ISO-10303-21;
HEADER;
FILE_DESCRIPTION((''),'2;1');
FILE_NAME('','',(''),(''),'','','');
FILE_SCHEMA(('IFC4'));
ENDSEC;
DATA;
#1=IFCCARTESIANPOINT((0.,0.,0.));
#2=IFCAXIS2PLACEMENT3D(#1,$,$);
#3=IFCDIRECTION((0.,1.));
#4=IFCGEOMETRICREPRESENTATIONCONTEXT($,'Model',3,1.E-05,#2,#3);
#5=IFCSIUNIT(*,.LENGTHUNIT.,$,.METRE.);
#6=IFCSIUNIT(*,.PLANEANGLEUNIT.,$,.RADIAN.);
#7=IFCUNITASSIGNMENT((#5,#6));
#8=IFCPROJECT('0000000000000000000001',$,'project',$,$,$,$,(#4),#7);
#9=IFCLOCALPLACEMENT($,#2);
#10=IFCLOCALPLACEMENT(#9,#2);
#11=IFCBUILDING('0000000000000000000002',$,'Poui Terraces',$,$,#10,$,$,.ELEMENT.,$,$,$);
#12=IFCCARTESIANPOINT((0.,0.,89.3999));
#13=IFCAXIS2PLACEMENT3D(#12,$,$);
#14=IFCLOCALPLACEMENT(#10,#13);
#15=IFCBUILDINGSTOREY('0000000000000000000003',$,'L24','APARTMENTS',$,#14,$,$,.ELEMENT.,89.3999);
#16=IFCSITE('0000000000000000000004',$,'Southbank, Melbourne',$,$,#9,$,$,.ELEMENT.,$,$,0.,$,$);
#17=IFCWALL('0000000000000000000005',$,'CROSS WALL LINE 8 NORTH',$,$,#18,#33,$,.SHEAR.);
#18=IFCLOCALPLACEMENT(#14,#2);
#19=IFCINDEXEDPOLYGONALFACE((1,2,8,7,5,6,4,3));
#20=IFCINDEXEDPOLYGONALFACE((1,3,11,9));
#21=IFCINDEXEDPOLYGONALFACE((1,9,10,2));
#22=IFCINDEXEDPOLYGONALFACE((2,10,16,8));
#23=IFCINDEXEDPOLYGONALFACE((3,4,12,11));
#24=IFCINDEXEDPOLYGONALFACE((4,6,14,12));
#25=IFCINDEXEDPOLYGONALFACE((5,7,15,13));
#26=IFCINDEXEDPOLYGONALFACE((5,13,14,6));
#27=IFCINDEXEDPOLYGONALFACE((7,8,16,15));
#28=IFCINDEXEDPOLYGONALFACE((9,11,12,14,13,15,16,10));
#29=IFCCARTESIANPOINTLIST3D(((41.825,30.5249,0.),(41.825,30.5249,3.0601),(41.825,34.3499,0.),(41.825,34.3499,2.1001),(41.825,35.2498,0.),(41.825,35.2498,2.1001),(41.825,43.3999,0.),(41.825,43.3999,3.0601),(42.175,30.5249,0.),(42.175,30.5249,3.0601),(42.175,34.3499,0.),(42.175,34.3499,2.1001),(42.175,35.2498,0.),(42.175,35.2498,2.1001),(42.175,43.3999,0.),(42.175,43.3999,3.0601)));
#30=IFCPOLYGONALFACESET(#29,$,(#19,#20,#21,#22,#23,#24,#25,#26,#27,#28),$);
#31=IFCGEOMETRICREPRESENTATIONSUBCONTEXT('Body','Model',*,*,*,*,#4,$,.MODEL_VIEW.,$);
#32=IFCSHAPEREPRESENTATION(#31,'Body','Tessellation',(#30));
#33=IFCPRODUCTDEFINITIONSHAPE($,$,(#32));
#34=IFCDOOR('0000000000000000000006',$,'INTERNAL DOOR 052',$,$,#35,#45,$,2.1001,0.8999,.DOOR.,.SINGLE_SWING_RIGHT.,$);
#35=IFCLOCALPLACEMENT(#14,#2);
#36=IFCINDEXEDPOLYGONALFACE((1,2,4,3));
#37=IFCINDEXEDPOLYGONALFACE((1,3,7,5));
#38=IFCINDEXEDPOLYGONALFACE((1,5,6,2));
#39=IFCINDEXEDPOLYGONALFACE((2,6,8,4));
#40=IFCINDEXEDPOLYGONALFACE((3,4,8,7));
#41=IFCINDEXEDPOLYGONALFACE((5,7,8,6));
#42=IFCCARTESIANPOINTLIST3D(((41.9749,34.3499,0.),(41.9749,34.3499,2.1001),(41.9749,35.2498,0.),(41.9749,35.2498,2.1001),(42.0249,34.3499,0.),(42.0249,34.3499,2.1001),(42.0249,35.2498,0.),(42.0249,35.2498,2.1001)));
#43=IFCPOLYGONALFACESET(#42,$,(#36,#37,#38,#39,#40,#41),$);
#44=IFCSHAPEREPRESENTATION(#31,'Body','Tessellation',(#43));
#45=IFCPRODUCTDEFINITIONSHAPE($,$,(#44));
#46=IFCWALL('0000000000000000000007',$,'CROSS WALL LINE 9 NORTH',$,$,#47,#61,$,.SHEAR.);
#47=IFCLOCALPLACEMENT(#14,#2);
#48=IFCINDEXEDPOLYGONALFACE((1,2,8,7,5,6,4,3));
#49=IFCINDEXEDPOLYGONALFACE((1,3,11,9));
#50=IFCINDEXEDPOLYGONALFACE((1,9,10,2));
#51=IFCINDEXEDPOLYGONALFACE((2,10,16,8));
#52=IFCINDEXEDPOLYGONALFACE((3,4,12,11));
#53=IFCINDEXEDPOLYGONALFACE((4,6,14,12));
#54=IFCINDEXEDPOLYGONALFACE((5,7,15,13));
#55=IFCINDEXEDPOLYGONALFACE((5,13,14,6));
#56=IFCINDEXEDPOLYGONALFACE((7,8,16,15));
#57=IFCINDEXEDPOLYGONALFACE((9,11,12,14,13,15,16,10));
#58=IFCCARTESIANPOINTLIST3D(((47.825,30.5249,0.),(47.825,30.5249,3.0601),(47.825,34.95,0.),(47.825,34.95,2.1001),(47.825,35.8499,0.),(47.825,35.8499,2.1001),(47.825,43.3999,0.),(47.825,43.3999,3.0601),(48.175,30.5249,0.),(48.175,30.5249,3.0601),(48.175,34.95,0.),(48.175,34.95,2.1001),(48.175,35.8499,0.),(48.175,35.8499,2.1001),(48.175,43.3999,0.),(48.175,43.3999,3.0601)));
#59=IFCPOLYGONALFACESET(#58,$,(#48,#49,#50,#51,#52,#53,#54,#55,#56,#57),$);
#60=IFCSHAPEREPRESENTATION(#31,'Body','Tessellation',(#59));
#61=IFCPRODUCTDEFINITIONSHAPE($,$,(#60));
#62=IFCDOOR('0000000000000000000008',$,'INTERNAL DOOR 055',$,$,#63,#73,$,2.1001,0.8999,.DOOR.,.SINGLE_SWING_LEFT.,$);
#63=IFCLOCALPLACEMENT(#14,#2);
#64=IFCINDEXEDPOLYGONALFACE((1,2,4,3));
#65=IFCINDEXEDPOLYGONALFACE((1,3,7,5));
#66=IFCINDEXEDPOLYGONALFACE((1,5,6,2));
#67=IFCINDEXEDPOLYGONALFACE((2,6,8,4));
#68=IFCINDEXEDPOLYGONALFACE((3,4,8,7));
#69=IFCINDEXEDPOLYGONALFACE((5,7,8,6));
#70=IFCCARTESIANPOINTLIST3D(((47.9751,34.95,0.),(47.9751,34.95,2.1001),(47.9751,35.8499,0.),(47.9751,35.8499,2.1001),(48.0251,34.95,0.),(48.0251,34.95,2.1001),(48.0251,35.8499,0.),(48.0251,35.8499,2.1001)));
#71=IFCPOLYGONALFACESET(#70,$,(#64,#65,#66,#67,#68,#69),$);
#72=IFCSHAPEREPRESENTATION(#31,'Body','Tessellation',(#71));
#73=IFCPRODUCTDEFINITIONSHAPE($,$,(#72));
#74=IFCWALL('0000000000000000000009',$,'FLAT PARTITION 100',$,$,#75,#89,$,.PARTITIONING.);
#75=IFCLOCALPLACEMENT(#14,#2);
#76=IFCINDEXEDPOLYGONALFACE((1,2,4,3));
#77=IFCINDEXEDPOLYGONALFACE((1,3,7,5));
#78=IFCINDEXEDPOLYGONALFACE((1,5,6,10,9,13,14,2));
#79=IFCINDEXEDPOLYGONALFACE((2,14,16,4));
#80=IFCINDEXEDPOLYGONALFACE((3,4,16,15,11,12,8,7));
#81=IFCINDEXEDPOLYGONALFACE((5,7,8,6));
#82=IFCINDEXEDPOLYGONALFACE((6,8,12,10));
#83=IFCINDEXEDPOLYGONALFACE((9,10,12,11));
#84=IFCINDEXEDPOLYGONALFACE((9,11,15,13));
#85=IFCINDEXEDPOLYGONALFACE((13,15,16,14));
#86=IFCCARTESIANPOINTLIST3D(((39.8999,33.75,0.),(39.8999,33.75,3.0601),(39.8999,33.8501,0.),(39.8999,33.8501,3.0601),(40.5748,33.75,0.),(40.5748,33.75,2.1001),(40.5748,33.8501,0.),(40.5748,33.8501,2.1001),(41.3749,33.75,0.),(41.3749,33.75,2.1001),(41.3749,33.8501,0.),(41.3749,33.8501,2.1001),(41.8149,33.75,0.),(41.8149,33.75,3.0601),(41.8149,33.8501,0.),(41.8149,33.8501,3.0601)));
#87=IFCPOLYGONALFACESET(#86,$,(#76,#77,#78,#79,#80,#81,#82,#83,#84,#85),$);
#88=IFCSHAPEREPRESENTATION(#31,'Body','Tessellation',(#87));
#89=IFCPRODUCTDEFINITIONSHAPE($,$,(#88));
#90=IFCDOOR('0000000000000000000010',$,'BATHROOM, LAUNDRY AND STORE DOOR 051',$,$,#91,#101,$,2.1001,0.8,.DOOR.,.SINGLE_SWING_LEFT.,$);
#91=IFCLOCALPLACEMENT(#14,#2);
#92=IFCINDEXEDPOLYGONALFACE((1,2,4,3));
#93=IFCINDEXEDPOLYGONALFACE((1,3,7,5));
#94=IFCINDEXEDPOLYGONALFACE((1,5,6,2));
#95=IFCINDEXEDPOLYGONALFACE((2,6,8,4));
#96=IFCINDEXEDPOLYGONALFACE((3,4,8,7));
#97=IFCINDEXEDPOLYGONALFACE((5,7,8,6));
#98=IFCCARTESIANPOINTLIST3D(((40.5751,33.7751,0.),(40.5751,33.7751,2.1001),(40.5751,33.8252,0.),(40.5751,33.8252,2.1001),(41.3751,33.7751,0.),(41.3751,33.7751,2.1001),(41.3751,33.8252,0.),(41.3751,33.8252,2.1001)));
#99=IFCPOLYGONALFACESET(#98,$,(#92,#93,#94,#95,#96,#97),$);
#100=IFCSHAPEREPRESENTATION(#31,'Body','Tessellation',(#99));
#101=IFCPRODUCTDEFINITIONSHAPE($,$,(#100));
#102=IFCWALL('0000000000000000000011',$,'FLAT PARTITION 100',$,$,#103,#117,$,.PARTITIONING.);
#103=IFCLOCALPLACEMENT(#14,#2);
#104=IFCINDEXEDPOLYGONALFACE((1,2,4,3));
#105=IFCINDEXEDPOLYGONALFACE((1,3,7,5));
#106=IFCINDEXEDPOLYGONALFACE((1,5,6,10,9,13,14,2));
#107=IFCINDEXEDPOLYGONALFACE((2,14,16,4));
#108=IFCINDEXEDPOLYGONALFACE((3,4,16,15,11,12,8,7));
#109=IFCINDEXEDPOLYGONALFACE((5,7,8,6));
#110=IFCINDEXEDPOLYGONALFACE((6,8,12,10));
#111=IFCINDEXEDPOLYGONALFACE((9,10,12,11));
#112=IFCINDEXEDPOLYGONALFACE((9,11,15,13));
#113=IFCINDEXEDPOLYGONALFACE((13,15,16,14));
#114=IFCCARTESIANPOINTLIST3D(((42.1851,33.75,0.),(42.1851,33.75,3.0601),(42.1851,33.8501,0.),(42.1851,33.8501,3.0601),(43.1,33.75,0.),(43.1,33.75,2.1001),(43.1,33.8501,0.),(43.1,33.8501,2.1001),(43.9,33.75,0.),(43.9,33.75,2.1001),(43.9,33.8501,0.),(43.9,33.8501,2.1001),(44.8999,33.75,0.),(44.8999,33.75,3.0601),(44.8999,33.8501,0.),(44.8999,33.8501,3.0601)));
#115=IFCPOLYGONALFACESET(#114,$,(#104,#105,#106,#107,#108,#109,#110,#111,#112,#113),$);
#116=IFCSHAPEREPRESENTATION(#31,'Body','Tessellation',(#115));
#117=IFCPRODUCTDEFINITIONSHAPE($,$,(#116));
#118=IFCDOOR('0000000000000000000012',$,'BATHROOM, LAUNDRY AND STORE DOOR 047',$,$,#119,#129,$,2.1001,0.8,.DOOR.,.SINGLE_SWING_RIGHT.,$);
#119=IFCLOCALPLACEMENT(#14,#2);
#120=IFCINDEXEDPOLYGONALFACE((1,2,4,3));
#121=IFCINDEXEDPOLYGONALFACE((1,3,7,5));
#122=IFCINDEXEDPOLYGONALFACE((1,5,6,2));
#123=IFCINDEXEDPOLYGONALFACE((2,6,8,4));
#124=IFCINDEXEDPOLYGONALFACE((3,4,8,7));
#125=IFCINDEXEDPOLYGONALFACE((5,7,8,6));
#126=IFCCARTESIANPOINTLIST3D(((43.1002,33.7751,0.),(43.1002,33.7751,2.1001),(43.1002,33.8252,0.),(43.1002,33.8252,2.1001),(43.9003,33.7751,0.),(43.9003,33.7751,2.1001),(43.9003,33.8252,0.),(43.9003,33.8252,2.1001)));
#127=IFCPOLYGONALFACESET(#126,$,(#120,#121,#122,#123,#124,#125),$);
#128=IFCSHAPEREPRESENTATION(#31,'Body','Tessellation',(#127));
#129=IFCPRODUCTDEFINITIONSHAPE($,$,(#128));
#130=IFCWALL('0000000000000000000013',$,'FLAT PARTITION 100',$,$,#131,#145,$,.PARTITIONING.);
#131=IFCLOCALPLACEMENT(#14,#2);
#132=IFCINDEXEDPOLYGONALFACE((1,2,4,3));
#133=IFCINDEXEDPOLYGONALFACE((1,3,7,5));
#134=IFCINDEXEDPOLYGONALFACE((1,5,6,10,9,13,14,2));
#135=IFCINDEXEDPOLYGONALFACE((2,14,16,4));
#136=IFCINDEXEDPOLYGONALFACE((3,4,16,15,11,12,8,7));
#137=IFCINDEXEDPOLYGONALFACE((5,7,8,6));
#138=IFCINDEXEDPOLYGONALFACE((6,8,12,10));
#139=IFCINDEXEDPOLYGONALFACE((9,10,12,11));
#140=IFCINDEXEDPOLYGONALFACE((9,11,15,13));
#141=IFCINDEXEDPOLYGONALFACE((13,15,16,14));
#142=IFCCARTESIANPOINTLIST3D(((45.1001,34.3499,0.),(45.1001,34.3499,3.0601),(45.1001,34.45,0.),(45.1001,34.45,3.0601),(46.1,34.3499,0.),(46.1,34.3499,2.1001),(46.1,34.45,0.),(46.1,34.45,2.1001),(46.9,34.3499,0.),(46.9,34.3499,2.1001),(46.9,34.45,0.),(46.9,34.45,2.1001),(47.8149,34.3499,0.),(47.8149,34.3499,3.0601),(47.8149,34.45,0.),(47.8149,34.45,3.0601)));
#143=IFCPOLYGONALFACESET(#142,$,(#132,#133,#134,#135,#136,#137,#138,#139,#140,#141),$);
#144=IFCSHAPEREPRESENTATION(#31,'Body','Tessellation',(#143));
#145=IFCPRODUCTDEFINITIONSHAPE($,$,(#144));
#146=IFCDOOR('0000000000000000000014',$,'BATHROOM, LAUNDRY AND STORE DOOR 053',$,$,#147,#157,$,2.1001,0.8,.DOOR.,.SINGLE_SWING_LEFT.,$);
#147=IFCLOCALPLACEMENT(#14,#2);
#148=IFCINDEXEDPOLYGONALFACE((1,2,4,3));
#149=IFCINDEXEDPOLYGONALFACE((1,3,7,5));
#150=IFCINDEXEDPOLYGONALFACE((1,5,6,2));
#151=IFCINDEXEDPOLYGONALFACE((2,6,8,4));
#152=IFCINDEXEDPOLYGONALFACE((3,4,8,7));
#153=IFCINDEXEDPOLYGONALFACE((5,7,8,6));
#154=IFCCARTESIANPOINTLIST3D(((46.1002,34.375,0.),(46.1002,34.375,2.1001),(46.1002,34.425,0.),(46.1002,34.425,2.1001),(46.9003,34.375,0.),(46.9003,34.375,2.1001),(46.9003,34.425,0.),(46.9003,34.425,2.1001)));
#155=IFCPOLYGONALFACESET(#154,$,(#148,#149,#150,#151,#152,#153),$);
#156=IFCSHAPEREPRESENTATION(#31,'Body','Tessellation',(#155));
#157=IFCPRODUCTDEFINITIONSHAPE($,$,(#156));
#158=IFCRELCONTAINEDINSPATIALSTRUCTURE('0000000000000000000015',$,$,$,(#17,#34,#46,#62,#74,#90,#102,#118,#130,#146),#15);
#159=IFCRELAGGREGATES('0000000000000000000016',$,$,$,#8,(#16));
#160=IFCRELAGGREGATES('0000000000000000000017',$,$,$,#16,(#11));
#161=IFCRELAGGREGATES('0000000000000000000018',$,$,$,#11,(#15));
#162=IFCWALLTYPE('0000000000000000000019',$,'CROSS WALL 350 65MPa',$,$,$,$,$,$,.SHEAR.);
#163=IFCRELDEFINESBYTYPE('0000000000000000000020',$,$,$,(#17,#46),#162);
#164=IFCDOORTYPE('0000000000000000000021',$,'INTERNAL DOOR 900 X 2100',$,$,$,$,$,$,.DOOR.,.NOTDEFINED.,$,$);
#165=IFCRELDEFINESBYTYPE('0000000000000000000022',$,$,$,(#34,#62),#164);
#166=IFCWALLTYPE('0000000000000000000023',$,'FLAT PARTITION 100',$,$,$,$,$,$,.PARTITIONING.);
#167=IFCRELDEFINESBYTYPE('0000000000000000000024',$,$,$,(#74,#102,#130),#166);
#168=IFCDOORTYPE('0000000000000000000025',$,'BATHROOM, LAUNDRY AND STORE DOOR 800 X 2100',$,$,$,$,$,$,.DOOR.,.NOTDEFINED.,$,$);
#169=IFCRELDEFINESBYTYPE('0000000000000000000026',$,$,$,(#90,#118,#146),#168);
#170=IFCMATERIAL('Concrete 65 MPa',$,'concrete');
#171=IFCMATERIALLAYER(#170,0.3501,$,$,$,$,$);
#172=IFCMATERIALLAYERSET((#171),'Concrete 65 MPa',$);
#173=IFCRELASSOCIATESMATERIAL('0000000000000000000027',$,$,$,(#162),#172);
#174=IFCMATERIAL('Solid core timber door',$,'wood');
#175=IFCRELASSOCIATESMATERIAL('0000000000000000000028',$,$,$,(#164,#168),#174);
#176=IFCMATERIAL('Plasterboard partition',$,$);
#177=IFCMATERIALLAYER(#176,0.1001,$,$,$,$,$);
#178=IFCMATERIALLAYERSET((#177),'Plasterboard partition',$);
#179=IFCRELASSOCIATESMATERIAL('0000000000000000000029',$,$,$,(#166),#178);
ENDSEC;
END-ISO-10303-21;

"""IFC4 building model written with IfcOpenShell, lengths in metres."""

from ifc_helpers import new_model, si_unit, direction, frame, frame_2d, origin, place, context, subcontext, project, spatial, rectangle, extrude, material, layer, layer_set, type_object, element, fill, save


model = new_model("IFC4")

# Units and contexts
model_context = context("Model", 3, precision=1e-05, world=origin(), true_north=direction((0.0, 1.0)))
body_context = subcontext(model_context, "Body", "Model", "MODEL_VIEW")
ifc_project = project(units=[si_unit("LENGTHUNIT", "METRE"), si_unit("PLANEANGLEUNIT", "RADIAN")], contexts=[model_context])

# Site, building, storey
site_placement = place(None, origin())
site = spatial("IfcSite", under=ifc_project, at=site_placement, Name="Southbank, Melbourne", CompositionType="ELEMENT", RefElevation=0.0)
building_placement = place(site_placement, origin())
building = spatial("IfcBuilding", under=site, at=building_placement, Name="Poui Terraces", CompositionType="ELEMENT")
storey_placement = place(building_placement, frame((0.0, 0.0, 89.3999)))
storey = spatial("IfcBuildingStorey", under=building, at=storey_placement, Name="L24", Description="APARTMENTS", CompositionType="ELEMENT", Elevation=89.3999)

# Walls, openings, doors
ifc_material_1 = material(Name="Concrete 65 MPa", Category="concrete")
ifc_layer_1 = layer(ifc_material_1, 0.3501)
ifc_layer_set_1 = layer_set([ifc_layer_1], Name="Concrete 65 MPa")
wall_type_1 = type_object("IfcWallType", Name="CROSS WALL 350 65MPa", PredefinedType="SHEAR", material=ifc_layer_set_1)
wall_1_placement = place(storey_placement, frame((42.0, 30.5249, 0.0), z_axis=(0.0, 0.0, 1.0), x_axis=(0.0, 1.0, 0.0)))
wall_1 = element("IfcWall", 1, at=wall_1_placement, inside=storey, type_object=wall_type_1, Name="CROSS WALL LINE 8 NORTH", PredefinedType="SHEAR", context=body_context, shape_type="SweptSolid", body=[
    extrude(rectangle(XDim=12.875, YDim=0.3501, at=frame_2d((6.4375, 0.0))), origin(), (0.0, 0.0, 1.0), 3.0601),
])
opening_1_placement = place(wall_1_placement, frame((3.825, 0.0, 0.0)))
opening_1 = element("IfcOpeningElement", 2, at=opening_1_placement, cuts=wall_1, PredefinedType="OPENING", context=body_context, shape_type="SweptSolid", body=[
    extrude(rectangle(XDim=0.8999, YDim=2.1001, at=frame_2d((0.45, 1.05))), frame((0.0, 0.1851, 0.0), z_axis=(0.0, -1.0, 0.0), x_axis=(1.0, 0.0, 0.0)), (0.0, 0.0, 1.0), 0.3701),
])
ifc_material_2 = material(Name="Solid core timber door", Category="wood")
door_type_1 = type_object("IfcDoorType", Name="INTERNAL DOOR 900 X 2100", OperationType="NOTDEFINED", PredefinedType="DOOR", material=ifc_material_2)
door_1_placement = place(opening_1_placement, frame((0.8999, 0.0, 0.0), z_axis=(0.0, 0.0, 1.0), x_axis=(-1.0, 0.0, 0.0)))
door_1 = element("IfcDoor", 3, at=door_1_placement, inside=storey, type_object=door_type_1, Name="INTERNAL DOOR 052", OperationType="SINGLE_SWING_RIGHT", OverallHeight=2.1001, OverallWidth=0.8999, PredefinedType="DOOR", context=body_context, shape_type="SweptSolid", body=[
    extrude(rectangle(XDim=0.8999, YDim=2.1001, at=frame_2d((0.45, 1.05))), frame((0.0, 0.0249, 0.0), z_axis=(0.0, -1.0, 0.0), x_axis=(1.0, 0.0, 0.0)), (0.0, 0.0, 1.0), 0.05),
])
fill(opening_1, door_1)
wall_2_placement = place(storey_placement, frame((48.0, 30.5249, 0.0), z_axis=(0.0, 0.0, 1.0), x_axis=(0.0, 1.0, 0.0)))
wall_2 = element("IfcWall", 4, at=wall_2_placement, inside=storey, type_object=wall_type_1, Name="CROSS WALL LINE 9 NORTH", PredefinedType="SHEAR", context=body_context, shape_type="SweptSolid", body=[
    extrude(rectangle(XDim=12.875, YDim=0.3501, at=frame_2d((6.4375, 0.0))), origin(), (0.0, 0.0, 1.0), 3.0601),
])
opening_2_placement = place(wall_2_placement, frame((4.425, 0.0, 0.0)))
opening_2 = element("IfcOpeningElement", 5, at=opening_2_placement, cuts=wall_2, PredefinedType="OPENING", context=body_context, shape_type="SweptSolid", body=[
    extrude(rectangle(XDim=0.8999, YDim=2.1001, at=frame_2d((0.45, 1.05))), frame((0.0, 0.1851, 0.0), z_axis=(0.0, -1.0, 0.0), x_axis=(1.0, 0.0, 0.0)), (0.0, 0.0, 1.0), 0.3701),
])
door_2_placement = place(opening_2_placement, origin())
door_2 = element("IfcDoor", 6, at=door_2_placement, inside=storey, type_object=door_type_1, Name="INTERNAL DOOR 055", OperationType="SINGLE_SWING_LEFT", OverallHeight=2.1001, OverallWidth=0.8999, PredefinedType="DOOR", context=body_context, shape_type="SweptSolid", body=[
    extrude(rectangle(XDim=0.8999, YDim=2.1001, at=frame_2d((0.45, 1.05))), frame((0.0, 0.0249, 0.0), z_axis=(0.0, -1.0, 0.0), x_axis=(1.0, 0.0, 0.0)), (0.0, 0.0, 1.0), 0.05),
])
fill(opening_2, door_2)
ifc_material_3 = material(Name="Plasterboard partition")
ifc_layer_2 = layer(ifc_material_3, 0.1001)
ifc_layer_set_2 = layer_set([ifc_layer_2], Name="Plasterboard partition")
wall_type_2 = type_object("IfcWallType", Name="FLAT PARTITION 100", PredefinedType="PARTITIONING", material=ifc_layer_set_2)
wall_3_placement = place(storey_placement, frame((39.8999, 33.8, 0.0), z_axis=(0.0, 0.0, 1.0), x_axis=(1.0, 0.0, 0.0)))
wall_3 = element("IfcWall", 7, at=wall_3_placement, inside=storey, type_object=wall_type_2, Name="FLAT PARTITION 100", PredefinedType="PARTITIONING", context=body_context, shape_type="SweptSolid", body=[
    extrude(rectangle(XDim=1.915, YDim=0.1001, at=frame_2d((0.9575, 0.0))), origin(), (0.0, 0.0, 1.0), 3.0601),
])
opening_3_placement = place(wall_3_placement, frame((0.675, 0.0, 0.0)))
opening_3 = element("IfcOpeningElement", 8, at=opening_3_placement, cuts=wall_3, PredefinedType="OPENING", context=body_context, shape_type="SweptSolid", body=[
    extrude(rectangle(XDim=0.8, YDim=2.1001, at=frame_2d((0.3999, 1.05))), frame((0.0, 0.0601, 0.0), z_axis=(0.0, -1.0, 0.0), x_axis=(1.0, 0.0, 0.0)), (0.0, 0.0, 1.0), 0.1201),
])
door_type_2 = type_object("IfcDoorType", Name="BATHROOM, LAUNDRY AND STORE DOOR 800 X 2100", OperationType="NOTDEFINED", PredefinedType="DOOR", material=ifc_material_2)
door_3_placement = place(opening_3_placement, frame((0.8, 0.0, 0.0), z_axis=(0.0, 0.0, 1.0), x_axis=(-1.0, 0.0, 0.0)))
door_3 = element("IfcDoor", 9, at=door_3_placement, inside=storey, type_object=door_type_2, Name="BATHROOM, LAUNDRY AND STORE DOOR 051", OperationType="SINGLE_SWING_LEFT", OverallHeight=2.1001, OverallWidth=0.8, PredefinedType="DOOR", context=body_context, shape_type="SweptSolid", body=[
    extrude(rectangle(XDim=0.8, YDim=2.1001, at=frame_2d((0.3999, 1.05))), frame((0.0, 0.0249, 0.0), z_axis=(0.0, -1.0, 0.0), x_axis=(1.0, 0.0, 0.0)), (0.0, 0.0, 1.0), 0.05),
])
fill(opening_3, door_3)
wall_4_placement = place(storey_placement, frame((42.1851, 33.8, 0.0), z_axis=(0.0, 0.0, 1.0), x_axis=(1.0, 0.0, 0.0)))
wall_4 = element("IfcWall", 10, at=wall_4_placement, inside=storey, type_object=wall_type_2, Name="FLAT PARTITION 100", PredefinedType="PARTITIONING", context=body_context, shape_type="SweptSolid", body=[
    extrude(rectangle(XDim=2.7148, YDim=0.1001, at=frame_2d((1.3574, 0.0))), origin(), (0.0, 0.0, 1.0), 3.0601),
])
opening_4_placement = place(wall_4_placement, frame((0.915, 0.0, 0.0)))
opening_4 = element("IfcOpeningElement", 11, at=opening_4_placement, cuts=wall_4, PredefinedType="OPENING", context=body_context, shape_type="SweptSolid", body=[
    extrude(rectangle(XDim=0.8, YDim=2.1001, at=frame_2d((0.3999, 1.05))), frame((0.0, 0.0601, 0.0), z_axis=(0.0, -1.0, 0.0), x_axis=(1.0, 0.0, 0.0)), (0.0, 0.0, 1.0), 0.1201),
])
door_4_placement = place(opening_4_placement, frame((0.8, 0.0, 0.0), z_axis=(0.0, 0.0, 1.0), x_axis=(-1.0, 0.0, 0.0)))
door_4 = element("IfcDoor", 12, at=door_4_placement, inside=storey, type_object=door_type_2, Name="BATHROOM, LAUNDRY AND STORE DOOR 047", OperationType="SINGLE_SWING_RIGHT", OverallHeight=2.1001, OverallWidth=0.8, PredefinedType="DOOR", context=body_context, shape_type="SweptSolid", body=[
    extrude(rectangle(XDim=0.8, YDim=2.1001, at=frame_2d((0.3999, 1.05))), frame((0.0, 0.0249, 0.0), z_axis=(0.0, -1.0, 0.0), x_axis=(1.0, 0.0, 0.0)), (0.0, 0.0, 1.0), 0.05),
])
fill(opening_4, door_4)
wall_5_placement = place(storey_placement, frame((45.1001, 34.3999, 0.0), z_axis=(0.0, 0.0, 1.0), x_axis=(1.0, 0.0, 0.0)))
wall_5 = element("IfcWall", 13, at=wall_5_placement, inside=storey, type_object=wall_type_2, Name="FLAT PARTITION 100", PredefinedType="PARTITIONING", context=body_context, shape_type="SweptSolid", body=[
    extrude(rectangle(XDim=2.7148, YDim=0.1001, at=frame_2d((1.3574, 0.0))), origin(), (0.0, 0.0, 1.0), 3.0601),
])
opening_5_placement = place(wall_5_placement, frame((1.0, 0.0, 0.0)))
opening_5 = element("IfcOpeningElement", 14, at=opening_5_placement, cuts=wall_5, PredefinedType="OPENING", context=body_context, shape_type="SweptSolid", body=[
    extrude(rectangle(XDim=0.8, YDim=2.1001, at=frame_2d((0.3999, 1.05))), frame((0.0, 0.0601, 0.0), z_axis=(0.0, -1.0, 0.0), x_axis=(1.0, 0.0, 0.0)), (0.0, 0.0, 1.0), 0.1201),
])
door_5_placement = place(opening_5_placement, frame((0.8, 0.0, 0.0), z_axis=(0.0, 0.0, 1.0), x_axis=(-1.0, 0.0, 0.0)))
door_5 = element("IfcDoor", 15, at=door_5_placement, inside=storey, type_object=door_type_2, Name="BATHROOM, LAUNDRY AND STORE DOOR 053", OperationType="SINGLE_SWING_LEFT", OverallHeight=2.1001, OverallWidth=0.8, PredefinedType="DOOR", context=body_context, shape_type="SweptSolid", body=[
    extrude(rectangle(XDim=0.8, YDim=2.1001, at=frame_2d((0.3999, 1.05))), frame((0.0, 0.0249, 0.0), z_axis=(0.0, -1.0, 0.0), x_axis=(1.0, 0.0, 0.0)), (0.0, 0.0, 1.0), 0.05),
])
fill(opening_5, door_5)

save(model, "model.ifc")
